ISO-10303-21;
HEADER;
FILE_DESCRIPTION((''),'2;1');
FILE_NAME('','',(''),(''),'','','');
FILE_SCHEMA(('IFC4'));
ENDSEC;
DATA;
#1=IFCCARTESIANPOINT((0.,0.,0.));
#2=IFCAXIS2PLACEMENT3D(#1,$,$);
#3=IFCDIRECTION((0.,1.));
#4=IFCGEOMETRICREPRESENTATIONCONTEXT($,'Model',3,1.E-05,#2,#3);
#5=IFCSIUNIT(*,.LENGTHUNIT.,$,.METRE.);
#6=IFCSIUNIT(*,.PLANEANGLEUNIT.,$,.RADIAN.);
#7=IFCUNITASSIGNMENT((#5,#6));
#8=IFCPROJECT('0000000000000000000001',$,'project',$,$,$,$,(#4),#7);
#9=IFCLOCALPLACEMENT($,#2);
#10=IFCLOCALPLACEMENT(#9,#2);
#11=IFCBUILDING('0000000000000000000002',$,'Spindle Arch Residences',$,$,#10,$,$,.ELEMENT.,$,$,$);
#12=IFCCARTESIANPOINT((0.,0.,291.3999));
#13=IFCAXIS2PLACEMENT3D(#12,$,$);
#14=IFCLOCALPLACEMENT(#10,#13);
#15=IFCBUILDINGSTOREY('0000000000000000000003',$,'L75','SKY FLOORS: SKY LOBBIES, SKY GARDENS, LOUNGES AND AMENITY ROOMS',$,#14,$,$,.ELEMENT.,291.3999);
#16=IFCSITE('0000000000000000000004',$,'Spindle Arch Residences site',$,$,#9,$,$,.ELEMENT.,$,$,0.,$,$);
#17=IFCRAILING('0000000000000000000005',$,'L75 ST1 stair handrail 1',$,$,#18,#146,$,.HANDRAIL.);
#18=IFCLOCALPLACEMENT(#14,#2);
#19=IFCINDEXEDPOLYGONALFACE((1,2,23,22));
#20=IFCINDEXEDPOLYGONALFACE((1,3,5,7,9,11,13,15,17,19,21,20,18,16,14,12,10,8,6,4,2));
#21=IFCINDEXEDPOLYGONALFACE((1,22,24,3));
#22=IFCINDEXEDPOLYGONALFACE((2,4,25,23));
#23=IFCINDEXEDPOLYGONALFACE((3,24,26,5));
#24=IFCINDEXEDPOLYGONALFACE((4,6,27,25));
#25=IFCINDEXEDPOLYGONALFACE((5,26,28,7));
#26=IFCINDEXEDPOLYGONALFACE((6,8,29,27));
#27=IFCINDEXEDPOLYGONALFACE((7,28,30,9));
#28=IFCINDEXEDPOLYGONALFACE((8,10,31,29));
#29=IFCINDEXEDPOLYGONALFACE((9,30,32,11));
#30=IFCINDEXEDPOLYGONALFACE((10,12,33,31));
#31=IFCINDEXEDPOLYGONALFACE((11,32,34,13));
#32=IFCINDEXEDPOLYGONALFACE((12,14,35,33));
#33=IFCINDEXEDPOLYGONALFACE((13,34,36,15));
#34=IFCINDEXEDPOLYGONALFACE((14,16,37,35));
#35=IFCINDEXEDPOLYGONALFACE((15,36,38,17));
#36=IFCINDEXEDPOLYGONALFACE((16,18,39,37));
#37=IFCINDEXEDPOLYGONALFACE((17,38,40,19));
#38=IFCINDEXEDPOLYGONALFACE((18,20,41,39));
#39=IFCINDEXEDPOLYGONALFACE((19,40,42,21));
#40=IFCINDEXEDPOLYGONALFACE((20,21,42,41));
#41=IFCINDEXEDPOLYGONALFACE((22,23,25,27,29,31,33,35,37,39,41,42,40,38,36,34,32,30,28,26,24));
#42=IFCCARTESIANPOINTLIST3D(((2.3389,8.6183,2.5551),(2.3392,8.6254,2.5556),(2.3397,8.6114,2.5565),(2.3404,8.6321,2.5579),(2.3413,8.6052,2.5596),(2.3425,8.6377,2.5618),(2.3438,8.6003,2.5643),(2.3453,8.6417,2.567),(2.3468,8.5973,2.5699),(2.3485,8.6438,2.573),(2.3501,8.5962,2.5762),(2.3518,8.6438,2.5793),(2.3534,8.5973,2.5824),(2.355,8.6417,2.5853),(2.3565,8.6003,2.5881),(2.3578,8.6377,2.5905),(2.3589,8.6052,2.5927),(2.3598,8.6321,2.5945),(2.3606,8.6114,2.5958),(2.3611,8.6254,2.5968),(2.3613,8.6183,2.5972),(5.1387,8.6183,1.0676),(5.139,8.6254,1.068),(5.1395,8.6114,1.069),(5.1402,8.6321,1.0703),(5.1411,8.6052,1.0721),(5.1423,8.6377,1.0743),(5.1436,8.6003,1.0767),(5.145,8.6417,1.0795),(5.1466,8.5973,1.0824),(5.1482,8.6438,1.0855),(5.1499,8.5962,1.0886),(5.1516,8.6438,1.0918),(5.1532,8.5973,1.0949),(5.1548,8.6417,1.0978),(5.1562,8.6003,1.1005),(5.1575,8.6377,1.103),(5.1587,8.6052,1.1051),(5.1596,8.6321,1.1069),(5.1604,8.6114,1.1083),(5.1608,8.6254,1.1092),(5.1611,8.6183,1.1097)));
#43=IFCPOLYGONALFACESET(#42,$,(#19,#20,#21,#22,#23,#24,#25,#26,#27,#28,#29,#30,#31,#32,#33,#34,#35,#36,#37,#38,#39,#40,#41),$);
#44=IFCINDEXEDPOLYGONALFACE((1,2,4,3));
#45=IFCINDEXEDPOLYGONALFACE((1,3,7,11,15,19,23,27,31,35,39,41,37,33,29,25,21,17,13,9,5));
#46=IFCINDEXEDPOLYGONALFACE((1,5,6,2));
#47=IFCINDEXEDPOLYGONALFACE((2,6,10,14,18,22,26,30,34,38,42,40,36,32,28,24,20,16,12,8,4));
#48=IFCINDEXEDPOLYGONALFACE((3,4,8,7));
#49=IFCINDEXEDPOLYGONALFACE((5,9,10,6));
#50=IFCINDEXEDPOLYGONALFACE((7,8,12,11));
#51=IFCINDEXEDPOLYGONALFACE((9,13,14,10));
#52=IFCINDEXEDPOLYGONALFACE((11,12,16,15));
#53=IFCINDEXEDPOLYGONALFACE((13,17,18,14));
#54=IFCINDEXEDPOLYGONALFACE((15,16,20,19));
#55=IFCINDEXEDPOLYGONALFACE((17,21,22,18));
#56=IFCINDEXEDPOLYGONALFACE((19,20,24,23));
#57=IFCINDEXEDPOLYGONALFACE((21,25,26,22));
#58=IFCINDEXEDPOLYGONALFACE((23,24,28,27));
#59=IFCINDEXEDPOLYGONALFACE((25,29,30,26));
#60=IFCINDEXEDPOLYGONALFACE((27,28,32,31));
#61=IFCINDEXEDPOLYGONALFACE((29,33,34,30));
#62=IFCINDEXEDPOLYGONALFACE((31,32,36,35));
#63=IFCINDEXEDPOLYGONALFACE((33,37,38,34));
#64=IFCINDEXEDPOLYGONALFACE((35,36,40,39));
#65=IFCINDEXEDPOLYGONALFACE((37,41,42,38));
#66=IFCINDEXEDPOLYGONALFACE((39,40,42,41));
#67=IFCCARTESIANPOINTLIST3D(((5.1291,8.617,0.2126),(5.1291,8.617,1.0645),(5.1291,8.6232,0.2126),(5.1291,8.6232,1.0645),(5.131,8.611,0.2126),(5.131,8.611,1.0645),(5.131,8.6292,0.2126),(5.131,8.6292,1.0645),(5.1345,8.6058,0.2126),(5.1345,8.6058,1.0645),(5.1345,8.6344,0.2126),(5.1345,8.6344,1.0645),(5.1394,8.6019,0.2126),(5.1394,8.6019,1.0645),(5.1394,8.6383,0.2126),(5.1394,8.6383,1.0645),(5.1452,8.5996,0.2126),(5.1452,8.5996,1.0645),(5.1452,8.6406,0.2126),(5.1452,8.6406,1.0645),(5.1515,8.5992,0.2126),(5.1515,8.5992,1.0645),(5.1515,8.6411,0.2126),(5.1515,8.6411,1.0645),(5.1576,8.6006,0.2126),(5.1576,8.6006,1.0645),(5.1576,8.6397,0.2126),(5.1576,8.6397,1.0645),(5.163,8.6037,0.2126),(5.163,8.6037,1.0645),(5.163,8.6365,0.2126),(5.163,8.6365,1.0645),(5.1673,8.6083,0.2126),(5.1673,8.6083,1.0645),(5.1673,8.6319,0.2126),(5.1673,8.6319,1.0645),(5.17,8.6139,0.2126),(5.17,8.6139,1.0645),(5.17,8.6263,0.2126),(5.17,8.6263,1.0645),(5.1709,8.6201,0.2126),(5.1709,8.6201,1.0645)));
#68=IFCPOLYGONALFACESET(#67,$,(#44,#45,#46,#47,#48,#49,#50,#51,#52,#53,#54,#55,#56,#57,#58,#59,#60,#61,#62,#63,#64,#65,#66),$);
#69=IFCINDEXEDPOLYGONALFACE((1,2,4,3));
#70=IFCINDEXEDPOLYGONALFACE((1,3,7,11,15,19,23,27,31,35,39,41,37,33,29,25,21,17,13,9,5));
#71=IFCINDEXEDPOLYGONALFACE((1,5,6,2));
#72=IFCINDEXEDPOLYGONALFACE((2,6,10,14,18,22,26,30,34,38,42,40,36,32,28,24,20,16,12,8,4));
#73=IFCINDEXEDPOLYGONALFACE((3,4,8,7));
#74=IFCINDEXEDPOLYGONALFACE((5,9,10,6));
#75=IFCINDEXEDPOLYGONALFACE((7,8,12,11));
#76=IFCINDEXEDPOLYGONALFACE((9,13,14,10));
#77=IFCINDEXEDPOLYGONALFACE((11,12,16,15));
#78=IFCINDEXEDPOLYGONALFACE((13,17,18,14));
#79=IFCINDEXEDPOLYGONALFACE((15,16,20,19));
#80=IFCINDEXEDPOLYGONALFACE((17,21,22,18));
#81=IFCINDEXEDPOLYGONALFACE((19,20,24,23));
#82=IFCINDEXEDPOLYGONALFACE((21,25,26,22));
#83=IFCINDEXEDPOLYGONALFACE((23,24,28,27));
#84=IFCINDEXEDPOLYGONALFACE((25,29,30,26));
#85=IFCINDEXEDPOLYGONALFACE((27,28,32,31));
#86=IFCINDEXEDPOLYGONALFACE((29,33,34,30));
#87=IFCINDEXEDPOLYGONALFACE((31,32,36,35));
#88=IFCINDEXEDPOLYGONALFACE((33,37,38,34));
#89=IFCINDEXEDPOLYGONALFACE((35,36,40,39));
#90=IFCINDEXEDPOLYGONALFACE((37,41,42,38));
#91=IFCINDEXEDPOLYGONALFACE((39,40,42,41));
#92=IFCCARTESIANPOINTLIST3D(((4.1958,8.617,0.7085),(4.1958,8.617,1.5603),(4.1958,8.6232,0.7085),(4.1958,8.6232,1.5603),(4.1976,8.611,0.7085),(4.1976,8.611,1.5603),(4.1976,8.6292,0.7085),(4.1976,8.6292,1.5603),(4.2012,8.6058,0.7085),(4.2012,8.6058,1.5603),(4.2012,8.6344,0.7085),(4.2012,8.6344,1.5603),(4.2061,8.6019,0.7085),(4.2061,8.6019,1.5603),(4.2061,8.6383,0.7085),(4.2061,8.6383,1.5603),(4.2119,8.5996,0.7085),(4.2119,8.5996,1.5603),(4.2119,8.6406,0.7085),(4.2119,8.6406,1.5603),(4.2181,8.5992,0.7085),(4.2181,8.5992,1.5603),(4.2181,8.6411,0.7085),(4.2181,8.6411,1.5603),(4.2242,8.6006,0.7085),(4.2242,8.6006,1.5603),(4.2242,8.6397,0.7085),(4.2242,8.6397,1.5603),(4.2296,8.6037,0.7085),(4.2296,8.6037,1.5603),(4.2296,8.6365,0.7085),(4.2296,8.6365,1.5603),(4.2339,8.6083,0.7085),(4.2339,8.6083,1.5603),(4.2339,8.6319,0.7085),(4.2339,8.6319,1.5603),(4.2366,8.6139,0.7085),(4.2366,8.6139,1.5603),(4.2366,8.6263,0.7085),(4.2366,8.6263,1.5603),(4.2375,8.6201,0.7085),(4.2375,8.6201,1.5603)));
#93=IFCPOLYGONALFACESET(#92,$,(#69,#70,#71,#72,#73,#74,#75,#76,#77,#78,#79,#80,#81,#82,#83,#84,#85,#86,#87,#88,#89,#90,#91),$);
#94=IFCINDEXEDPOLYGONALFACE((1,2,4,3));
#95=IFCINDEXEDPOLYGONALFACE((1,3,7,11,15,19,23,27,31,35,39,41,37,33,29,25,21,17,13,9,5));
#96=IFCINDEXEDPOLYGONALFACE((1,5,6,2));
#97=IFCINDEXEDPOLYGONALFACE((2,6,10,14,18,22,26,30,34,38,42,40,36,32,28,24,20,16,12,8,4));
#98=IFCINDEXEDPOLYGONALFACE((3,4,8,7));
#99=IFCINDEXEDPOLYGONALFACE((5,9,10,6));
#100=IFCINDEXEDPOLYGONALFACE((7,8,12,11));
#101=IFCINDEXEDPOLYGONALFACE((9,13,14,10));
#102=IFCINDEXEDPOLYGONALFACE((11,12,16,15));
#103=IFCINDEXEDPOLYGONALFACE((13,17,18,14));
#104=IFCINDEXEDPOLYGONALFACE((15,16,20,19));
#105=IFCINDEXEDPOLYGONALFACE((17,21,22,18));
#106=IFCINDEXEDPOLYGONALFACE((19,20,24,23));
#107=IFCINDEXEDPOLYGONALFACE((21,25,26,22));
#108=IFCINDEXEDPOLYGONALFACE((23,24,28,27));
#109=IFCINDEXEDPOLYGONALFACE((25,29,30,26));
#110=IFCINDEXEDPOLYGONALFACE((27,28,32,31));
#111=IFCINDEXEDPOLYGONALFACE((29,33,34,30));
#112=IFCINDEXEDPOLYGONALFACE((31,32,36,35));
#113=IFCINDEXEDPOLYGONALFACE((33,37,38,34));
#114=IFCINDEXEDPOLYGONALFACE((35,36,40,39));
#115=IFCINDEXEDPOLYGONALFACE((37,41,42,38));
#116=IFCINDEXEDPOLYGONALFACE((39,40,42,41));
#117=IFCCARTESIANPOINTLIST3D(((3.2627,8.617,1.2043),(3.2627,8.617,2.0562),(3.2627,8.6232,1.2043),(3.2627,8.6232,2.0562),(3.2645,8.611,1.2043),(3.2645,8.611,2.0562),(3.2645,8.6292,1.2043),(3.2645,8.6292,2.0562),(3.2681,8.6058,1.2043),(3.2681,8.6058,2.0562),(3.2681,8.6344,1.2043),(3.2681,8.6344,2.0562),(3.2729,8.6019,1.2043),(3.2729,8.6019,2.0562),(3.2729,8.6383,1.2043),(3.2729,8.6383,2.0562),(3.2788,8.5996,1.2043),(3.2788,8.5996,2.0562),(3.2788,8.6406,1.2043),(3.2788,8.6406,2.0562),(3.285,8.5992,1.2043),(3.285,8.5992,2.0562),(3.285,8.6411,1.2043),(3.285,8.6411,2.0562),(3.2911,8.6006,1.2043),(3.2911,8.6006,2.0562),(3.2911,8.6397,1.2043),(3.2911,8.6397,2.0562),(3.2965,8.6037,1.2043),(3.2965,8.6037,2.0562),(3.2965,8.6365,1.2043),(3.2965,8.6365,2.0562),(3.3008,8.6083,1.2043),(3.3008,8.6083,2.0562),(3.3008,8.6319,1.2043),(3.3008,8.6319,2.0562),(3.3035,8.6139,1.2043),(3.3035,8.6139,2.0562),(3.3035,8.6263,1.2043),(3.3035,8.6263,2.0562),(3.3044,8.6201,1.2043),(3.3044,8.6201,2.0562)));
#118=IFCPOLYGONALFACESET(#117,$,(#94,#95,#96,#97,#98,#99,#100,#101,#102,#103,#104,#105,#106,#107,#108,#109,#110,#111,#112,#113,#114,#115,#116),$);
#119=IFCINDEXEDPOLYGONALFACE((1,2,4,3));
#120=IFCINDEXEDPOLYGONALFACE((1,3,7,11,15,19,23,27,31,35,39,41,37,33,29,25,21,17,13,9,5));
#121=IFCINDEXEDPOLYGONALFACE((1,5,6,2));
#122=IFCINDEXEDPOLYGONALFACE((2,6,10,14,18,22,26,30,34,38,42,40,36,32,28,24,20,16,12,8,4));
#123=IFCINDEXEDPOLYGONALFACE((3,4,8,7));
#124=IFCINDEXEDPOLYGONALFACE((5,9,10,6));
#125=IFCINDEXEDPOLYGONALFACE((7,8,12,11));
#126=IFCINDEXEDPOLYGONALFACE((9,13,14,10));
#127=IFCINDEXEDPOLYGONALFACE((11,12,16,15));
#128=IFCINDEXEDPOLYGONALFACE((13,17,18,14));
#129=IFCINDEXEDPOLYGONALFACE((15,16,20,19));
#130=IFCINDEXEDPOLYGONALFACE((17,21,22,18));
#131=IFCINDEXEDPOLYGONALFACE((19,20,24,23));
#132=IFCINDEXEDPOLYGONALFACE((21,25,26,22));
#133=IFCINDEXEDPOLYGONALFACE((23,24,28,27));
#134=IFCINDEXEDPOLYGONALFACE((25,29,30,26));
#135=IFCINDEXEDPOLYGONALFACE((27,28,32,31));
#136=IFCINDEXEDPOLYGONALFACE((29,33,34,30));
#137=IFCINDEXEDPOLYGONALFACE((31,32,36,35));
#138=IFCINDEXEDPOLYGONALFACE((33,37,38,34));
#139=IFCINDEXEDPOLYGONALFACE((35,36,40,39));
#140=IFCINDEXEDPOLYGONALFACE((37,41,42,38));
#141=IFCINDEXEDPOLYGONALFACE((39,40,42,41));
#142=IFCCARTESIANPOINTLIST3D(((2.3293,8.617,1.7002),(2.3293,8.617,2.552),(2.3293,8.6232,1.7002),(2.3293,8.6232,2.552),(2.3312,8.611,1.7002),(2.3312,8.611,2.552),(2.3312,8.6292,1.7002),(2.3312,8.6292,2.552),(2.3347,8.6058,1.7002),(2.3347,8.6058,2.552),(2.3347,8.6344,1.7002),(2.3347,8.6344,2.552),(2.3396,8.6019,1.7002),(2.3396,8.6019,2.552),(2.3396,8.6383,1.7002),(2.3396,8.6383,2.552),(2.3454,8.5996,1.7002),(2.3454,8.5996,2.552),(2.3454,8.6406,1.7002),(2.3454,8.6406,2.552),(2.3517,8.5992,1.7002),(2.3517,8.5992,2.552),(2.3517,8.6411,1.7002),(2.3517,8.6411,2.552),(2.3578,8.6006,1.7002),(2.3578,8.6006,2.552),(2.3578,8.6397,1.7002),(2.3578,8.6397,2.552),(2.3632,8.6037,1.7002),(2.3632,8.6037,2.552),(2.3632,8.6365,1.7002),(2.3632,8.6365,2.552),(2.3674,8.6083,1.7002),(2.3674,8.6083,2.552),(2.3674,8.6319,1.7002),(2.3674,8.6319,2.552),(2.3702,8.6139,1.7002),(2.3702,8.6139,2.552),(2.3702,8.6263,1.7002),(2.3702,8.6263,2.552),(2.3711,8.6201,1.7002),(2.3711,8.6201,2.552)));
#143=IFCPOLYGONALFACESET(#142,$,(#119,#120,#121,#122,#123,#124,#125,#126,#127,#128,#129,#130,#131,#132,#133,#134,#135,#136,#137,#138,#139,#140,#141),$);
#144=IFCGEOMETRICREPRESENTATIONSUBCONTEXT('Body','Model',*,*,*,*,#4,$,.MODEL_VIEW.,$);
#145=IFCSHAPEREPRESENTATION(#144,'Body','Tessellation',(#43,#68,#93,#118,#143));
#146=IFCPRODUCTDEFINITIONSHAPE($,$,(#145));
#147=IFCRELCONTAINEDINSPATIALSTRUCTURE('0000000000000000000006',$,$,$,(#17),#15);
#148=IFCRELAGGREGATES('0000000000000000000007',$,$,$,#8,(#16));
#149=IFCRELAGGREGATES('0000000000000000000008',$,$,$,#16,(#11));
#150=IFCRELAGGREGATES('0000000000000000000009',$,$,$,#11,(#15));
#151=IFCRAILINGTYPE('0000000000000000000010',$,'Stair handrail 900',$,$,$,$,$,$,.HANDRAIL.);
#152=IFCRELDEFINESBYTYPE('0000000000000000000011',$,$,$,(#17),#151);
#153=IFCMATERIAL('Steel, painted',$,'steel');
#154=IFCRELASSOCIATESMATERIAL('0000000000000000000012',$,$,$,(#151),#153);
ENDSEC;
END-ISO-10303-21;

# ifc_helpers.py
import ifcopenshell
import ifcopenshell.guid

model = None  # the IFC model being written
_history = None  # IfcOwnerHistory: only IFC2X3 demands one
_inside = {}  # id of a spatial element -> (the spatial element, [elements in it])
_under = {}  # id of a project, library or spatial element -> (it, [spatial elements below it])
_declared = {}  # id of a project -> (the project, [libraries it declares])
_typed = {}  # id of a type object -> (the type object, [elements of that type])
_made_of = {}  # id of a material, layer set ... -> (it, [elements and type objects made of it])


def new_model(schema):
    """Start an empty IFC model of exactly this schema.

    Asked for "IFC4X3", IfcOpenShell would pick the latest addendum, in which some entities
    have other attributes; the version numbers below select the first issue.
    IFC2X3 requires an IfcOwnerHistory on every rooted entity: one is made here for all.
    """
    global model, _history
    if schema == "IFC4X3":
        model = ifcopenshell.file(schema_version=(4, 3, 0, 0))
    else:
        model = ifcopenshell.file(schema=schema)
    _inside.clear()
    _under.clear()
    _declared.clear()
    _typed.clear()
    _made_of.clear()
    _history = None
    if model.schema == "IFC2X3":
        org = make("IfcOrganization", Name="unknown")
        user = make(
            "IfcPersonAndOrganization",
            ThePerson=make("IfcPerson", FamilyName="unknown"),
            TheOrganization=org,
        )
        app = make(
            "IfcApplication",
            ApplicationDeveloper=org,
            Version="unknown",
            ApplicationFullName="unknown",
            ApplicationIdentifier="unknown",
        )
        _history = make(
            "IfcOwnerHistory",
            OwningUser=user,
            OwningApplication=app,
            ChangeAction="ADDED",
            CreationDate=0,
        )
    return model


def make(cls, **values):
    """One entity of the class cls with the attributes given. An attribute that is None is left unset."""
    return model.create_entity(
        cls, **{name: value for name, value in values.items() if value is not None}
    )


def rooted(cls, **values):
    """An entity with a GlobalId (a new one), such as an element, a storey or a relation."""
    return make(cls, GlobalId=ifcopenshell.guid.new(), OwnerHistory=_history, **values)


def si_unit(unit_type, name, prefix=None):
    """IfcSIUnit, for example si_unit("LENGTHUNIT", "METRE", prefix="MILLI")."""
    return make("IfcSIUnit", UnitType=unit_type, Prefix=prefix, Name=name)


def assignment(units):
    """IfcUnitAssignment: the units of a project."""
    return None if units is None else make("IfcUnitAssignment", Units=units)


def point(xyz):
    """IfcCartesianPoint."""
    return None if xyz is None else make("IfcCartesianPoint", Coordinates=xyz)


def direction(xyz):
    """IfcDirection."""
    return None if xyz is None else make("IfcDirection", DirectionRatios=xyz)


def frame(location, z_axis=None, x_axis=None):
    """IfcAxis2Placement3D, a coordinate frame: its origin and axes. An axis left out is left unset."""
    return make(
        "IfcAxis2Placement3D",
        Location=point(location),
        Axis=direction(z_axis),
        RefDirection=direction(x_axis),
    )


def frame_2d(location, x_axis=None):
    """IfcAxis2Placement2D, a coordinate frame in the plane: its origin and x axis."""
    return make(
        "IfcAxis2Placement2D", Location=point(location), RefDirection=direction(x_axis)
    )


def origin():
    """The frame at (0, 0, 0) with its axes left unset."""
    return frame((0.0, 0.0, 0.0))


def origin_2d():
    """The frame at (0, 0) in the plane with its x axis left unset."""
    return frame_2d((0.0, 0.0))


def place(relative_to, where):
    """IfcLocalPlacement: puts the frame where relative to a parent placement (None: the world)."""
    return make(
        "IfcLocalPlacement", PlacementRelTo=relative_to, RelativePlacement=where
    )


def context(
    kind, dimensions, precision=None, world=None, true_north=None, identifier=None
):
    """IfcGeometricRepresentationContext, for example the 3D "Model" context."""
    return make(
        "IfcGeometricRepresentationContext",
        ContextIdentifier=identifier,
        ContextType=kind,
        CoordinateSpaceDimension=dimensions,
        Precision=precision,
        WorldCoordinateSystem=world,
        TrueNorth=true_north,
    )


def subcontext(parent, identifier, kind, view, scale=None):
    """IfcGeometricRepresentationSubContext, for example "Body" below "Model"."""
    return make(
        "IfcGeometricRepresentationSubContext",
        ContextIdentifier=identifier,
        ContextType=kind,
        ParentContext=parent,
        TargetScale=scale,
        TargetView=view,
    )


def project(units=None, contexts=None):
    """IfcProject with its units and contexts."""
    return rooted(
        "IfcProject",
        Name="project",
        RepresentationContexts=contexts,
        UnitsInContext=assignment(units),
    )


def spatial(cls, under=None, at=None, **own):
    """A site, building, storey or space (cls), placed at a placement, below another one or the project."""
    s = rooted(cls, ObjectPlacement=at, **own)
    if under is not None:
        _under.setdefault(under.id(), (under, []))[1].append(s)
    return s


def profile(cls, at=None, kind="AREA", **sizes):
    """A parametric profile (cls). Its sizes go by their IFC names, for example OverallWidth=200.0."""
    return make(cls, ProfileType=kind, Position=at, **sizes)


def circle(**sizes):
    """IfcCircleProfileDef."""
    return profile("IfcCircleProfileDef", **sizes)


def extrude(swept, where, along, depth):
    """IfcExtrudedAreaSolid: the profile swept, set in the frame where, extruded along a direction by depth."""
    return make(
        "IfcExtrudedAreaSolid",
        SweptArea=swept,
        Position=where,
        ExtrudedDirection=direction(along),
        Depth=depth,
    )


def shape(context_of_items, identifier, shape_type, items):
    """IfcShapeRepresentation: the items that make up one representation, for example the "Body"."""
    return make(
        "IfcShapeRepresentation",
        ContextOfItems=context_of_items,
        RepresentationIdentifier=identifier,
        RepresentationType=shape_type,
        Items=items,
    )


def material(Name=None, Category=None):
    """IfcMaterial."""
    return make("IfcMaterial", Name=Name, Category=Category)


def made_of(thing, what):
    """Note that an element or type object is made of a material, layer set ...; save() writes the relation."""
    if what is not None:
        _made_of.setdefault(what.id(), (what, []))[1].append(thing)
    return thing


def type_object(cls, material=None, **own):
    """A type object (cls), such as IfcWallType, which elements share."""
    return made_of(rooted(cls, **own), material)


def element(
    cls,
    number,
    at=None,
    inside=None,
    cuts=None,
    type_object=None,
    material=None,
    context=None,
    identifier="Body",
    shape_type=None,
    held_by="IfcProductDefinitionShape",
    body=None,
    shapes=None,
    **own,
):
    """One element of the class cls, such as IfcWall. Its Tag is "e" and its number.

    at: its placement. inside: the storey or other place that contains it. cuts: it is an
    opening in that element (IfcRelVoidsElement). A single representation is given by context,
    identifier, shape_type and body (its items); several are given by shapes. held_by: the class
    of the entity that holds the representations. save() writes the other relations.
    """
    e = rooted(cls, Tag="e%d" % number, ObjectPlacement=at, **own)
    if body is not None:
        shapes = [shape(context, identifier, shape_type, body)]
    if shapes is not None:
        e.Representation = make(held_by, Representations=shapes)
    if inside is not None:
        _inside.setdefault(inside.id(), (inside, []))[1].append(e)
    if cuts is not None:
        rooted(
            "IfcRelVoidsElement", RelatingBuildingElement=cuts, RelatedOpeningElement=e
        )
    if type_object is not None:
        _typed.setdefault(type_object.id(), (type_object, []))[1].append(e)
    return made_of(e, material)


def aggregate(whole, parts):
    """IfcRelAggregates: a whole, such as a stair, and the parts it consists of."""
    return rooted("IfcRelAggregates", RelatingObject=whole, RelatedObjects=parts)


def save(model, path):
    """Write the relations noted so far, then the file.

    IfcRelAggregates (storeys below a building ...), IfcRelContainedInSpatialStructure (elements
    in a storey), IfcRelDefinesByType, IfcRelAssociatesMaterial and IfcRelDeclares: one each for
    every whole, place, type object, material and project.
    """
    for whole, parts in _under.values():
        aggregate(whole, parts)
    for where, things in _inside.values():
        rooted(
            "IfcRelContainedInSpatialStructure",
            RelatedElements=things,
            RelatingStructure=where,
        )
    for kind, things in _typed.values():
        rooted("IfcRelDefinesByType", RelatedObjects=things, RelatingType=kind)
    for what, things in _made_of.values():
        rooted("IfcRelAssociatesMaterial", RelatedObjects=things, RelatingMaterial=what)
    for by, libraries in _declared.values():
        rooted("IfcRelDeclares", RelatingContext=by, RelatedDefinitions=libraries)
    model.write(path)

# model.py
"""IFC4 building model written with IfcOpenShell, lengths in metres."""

from ifc_helpers import new_model, si_unit, direction, frame, origin, origin_2d, place, context, subcontext, project, spatial, circle, extrude, material, type_object, element, save


model = new_model("IFC4")

# Units and contexts
model_context = context("Model", 3, precision=1e-05, world=origin(), true_north=direction((0.0, 1.0)))
body_context = subcontext(model_context, "Body", "Model", "MODEL_VIEW")
ifc_project = project(units=[si_unit("LENGTHUNIT", "METRE"), si_unit("PLANEANGLEUNIT", "RADIAN")], contexts=[model_context])

# Site, building, storey
site_placement = place(None, origin())
site = spatial("IfcSite", under=ifc_project, at=site_placement, Name="Spindle Arch Residences site", CompositionType="ELEMENT", RefElevation=0.0)
building_placement = place(site_placement, origin())
building = spatial("IfcBuilding", under=site, at=building_placement, Name="Spindle Arch Residences", CompositionType="ELEMENT")
storey_placement = place(building_placement, frame((0.0, 0.0, 291.3999)))
storey = spatial("IfcBuildingStorey", under=building, at=storey_placement, Name="L75", Description="SKY FLOORS: SKY LOBBIES, SKY GARDENS, LOUNGES AND AMENITY ROOMS", CompositionType="ELEMENT", Elevation=291.3999)

# Railing
ifc_material_1 = material(Name="Steel, painted", Category="steel")
railing_type_1 = type_object("IfcRailingType", Name="Stair handrail 900", PredefinedType="HANDRAIL", material=ifc_material_1)
for number, where, name in (
    (1, (5.1499, 8.6201, 0.2126), "L75 ST1 stair handrail 1"),
):
    element("IfcRailing", number, at=place(storey_placement, frame(where)), inside=storey, type_object=railing_type_1, Name=name, PredefinedType="HANDRAIL", context=body_context, shape_type="SweptSolid", body=[
        extrude(circle(Radius=0.0239, at=origin_2d()), frame((0.0, 0.0, 0.876), z_axis=(-0.883096, 0.0, 0.469193), x_axis=(0.0, -1.0, 0.0)), (0.0, 0.0, 1.0), 3.1704),
        extrude(circle(Radius=0.021, at=origin_2d()), origin(), (0.0, 0.0, 1.0), 0.8518),
        extrude(circle(Radius=0.021, at=origin_2d()), frame((-0.9333, 0.0, 0.4958)), (0.0, 0.0, 1.0), 0.8518),
        extrude(circle(Radius=0.021, at=origin_2d()), frame((-1.8665, 0.0, 0.9917)), (0.0, 0.0, 1.0), 0.8518),
        extrude(circle(Radius=0.021, at=origin_2d()), frame((-2.7998, 0.0, 1.4875)), (0.0, 0.0, 1.0), 0.8518),
    ])

save(model, "model.ifc")
